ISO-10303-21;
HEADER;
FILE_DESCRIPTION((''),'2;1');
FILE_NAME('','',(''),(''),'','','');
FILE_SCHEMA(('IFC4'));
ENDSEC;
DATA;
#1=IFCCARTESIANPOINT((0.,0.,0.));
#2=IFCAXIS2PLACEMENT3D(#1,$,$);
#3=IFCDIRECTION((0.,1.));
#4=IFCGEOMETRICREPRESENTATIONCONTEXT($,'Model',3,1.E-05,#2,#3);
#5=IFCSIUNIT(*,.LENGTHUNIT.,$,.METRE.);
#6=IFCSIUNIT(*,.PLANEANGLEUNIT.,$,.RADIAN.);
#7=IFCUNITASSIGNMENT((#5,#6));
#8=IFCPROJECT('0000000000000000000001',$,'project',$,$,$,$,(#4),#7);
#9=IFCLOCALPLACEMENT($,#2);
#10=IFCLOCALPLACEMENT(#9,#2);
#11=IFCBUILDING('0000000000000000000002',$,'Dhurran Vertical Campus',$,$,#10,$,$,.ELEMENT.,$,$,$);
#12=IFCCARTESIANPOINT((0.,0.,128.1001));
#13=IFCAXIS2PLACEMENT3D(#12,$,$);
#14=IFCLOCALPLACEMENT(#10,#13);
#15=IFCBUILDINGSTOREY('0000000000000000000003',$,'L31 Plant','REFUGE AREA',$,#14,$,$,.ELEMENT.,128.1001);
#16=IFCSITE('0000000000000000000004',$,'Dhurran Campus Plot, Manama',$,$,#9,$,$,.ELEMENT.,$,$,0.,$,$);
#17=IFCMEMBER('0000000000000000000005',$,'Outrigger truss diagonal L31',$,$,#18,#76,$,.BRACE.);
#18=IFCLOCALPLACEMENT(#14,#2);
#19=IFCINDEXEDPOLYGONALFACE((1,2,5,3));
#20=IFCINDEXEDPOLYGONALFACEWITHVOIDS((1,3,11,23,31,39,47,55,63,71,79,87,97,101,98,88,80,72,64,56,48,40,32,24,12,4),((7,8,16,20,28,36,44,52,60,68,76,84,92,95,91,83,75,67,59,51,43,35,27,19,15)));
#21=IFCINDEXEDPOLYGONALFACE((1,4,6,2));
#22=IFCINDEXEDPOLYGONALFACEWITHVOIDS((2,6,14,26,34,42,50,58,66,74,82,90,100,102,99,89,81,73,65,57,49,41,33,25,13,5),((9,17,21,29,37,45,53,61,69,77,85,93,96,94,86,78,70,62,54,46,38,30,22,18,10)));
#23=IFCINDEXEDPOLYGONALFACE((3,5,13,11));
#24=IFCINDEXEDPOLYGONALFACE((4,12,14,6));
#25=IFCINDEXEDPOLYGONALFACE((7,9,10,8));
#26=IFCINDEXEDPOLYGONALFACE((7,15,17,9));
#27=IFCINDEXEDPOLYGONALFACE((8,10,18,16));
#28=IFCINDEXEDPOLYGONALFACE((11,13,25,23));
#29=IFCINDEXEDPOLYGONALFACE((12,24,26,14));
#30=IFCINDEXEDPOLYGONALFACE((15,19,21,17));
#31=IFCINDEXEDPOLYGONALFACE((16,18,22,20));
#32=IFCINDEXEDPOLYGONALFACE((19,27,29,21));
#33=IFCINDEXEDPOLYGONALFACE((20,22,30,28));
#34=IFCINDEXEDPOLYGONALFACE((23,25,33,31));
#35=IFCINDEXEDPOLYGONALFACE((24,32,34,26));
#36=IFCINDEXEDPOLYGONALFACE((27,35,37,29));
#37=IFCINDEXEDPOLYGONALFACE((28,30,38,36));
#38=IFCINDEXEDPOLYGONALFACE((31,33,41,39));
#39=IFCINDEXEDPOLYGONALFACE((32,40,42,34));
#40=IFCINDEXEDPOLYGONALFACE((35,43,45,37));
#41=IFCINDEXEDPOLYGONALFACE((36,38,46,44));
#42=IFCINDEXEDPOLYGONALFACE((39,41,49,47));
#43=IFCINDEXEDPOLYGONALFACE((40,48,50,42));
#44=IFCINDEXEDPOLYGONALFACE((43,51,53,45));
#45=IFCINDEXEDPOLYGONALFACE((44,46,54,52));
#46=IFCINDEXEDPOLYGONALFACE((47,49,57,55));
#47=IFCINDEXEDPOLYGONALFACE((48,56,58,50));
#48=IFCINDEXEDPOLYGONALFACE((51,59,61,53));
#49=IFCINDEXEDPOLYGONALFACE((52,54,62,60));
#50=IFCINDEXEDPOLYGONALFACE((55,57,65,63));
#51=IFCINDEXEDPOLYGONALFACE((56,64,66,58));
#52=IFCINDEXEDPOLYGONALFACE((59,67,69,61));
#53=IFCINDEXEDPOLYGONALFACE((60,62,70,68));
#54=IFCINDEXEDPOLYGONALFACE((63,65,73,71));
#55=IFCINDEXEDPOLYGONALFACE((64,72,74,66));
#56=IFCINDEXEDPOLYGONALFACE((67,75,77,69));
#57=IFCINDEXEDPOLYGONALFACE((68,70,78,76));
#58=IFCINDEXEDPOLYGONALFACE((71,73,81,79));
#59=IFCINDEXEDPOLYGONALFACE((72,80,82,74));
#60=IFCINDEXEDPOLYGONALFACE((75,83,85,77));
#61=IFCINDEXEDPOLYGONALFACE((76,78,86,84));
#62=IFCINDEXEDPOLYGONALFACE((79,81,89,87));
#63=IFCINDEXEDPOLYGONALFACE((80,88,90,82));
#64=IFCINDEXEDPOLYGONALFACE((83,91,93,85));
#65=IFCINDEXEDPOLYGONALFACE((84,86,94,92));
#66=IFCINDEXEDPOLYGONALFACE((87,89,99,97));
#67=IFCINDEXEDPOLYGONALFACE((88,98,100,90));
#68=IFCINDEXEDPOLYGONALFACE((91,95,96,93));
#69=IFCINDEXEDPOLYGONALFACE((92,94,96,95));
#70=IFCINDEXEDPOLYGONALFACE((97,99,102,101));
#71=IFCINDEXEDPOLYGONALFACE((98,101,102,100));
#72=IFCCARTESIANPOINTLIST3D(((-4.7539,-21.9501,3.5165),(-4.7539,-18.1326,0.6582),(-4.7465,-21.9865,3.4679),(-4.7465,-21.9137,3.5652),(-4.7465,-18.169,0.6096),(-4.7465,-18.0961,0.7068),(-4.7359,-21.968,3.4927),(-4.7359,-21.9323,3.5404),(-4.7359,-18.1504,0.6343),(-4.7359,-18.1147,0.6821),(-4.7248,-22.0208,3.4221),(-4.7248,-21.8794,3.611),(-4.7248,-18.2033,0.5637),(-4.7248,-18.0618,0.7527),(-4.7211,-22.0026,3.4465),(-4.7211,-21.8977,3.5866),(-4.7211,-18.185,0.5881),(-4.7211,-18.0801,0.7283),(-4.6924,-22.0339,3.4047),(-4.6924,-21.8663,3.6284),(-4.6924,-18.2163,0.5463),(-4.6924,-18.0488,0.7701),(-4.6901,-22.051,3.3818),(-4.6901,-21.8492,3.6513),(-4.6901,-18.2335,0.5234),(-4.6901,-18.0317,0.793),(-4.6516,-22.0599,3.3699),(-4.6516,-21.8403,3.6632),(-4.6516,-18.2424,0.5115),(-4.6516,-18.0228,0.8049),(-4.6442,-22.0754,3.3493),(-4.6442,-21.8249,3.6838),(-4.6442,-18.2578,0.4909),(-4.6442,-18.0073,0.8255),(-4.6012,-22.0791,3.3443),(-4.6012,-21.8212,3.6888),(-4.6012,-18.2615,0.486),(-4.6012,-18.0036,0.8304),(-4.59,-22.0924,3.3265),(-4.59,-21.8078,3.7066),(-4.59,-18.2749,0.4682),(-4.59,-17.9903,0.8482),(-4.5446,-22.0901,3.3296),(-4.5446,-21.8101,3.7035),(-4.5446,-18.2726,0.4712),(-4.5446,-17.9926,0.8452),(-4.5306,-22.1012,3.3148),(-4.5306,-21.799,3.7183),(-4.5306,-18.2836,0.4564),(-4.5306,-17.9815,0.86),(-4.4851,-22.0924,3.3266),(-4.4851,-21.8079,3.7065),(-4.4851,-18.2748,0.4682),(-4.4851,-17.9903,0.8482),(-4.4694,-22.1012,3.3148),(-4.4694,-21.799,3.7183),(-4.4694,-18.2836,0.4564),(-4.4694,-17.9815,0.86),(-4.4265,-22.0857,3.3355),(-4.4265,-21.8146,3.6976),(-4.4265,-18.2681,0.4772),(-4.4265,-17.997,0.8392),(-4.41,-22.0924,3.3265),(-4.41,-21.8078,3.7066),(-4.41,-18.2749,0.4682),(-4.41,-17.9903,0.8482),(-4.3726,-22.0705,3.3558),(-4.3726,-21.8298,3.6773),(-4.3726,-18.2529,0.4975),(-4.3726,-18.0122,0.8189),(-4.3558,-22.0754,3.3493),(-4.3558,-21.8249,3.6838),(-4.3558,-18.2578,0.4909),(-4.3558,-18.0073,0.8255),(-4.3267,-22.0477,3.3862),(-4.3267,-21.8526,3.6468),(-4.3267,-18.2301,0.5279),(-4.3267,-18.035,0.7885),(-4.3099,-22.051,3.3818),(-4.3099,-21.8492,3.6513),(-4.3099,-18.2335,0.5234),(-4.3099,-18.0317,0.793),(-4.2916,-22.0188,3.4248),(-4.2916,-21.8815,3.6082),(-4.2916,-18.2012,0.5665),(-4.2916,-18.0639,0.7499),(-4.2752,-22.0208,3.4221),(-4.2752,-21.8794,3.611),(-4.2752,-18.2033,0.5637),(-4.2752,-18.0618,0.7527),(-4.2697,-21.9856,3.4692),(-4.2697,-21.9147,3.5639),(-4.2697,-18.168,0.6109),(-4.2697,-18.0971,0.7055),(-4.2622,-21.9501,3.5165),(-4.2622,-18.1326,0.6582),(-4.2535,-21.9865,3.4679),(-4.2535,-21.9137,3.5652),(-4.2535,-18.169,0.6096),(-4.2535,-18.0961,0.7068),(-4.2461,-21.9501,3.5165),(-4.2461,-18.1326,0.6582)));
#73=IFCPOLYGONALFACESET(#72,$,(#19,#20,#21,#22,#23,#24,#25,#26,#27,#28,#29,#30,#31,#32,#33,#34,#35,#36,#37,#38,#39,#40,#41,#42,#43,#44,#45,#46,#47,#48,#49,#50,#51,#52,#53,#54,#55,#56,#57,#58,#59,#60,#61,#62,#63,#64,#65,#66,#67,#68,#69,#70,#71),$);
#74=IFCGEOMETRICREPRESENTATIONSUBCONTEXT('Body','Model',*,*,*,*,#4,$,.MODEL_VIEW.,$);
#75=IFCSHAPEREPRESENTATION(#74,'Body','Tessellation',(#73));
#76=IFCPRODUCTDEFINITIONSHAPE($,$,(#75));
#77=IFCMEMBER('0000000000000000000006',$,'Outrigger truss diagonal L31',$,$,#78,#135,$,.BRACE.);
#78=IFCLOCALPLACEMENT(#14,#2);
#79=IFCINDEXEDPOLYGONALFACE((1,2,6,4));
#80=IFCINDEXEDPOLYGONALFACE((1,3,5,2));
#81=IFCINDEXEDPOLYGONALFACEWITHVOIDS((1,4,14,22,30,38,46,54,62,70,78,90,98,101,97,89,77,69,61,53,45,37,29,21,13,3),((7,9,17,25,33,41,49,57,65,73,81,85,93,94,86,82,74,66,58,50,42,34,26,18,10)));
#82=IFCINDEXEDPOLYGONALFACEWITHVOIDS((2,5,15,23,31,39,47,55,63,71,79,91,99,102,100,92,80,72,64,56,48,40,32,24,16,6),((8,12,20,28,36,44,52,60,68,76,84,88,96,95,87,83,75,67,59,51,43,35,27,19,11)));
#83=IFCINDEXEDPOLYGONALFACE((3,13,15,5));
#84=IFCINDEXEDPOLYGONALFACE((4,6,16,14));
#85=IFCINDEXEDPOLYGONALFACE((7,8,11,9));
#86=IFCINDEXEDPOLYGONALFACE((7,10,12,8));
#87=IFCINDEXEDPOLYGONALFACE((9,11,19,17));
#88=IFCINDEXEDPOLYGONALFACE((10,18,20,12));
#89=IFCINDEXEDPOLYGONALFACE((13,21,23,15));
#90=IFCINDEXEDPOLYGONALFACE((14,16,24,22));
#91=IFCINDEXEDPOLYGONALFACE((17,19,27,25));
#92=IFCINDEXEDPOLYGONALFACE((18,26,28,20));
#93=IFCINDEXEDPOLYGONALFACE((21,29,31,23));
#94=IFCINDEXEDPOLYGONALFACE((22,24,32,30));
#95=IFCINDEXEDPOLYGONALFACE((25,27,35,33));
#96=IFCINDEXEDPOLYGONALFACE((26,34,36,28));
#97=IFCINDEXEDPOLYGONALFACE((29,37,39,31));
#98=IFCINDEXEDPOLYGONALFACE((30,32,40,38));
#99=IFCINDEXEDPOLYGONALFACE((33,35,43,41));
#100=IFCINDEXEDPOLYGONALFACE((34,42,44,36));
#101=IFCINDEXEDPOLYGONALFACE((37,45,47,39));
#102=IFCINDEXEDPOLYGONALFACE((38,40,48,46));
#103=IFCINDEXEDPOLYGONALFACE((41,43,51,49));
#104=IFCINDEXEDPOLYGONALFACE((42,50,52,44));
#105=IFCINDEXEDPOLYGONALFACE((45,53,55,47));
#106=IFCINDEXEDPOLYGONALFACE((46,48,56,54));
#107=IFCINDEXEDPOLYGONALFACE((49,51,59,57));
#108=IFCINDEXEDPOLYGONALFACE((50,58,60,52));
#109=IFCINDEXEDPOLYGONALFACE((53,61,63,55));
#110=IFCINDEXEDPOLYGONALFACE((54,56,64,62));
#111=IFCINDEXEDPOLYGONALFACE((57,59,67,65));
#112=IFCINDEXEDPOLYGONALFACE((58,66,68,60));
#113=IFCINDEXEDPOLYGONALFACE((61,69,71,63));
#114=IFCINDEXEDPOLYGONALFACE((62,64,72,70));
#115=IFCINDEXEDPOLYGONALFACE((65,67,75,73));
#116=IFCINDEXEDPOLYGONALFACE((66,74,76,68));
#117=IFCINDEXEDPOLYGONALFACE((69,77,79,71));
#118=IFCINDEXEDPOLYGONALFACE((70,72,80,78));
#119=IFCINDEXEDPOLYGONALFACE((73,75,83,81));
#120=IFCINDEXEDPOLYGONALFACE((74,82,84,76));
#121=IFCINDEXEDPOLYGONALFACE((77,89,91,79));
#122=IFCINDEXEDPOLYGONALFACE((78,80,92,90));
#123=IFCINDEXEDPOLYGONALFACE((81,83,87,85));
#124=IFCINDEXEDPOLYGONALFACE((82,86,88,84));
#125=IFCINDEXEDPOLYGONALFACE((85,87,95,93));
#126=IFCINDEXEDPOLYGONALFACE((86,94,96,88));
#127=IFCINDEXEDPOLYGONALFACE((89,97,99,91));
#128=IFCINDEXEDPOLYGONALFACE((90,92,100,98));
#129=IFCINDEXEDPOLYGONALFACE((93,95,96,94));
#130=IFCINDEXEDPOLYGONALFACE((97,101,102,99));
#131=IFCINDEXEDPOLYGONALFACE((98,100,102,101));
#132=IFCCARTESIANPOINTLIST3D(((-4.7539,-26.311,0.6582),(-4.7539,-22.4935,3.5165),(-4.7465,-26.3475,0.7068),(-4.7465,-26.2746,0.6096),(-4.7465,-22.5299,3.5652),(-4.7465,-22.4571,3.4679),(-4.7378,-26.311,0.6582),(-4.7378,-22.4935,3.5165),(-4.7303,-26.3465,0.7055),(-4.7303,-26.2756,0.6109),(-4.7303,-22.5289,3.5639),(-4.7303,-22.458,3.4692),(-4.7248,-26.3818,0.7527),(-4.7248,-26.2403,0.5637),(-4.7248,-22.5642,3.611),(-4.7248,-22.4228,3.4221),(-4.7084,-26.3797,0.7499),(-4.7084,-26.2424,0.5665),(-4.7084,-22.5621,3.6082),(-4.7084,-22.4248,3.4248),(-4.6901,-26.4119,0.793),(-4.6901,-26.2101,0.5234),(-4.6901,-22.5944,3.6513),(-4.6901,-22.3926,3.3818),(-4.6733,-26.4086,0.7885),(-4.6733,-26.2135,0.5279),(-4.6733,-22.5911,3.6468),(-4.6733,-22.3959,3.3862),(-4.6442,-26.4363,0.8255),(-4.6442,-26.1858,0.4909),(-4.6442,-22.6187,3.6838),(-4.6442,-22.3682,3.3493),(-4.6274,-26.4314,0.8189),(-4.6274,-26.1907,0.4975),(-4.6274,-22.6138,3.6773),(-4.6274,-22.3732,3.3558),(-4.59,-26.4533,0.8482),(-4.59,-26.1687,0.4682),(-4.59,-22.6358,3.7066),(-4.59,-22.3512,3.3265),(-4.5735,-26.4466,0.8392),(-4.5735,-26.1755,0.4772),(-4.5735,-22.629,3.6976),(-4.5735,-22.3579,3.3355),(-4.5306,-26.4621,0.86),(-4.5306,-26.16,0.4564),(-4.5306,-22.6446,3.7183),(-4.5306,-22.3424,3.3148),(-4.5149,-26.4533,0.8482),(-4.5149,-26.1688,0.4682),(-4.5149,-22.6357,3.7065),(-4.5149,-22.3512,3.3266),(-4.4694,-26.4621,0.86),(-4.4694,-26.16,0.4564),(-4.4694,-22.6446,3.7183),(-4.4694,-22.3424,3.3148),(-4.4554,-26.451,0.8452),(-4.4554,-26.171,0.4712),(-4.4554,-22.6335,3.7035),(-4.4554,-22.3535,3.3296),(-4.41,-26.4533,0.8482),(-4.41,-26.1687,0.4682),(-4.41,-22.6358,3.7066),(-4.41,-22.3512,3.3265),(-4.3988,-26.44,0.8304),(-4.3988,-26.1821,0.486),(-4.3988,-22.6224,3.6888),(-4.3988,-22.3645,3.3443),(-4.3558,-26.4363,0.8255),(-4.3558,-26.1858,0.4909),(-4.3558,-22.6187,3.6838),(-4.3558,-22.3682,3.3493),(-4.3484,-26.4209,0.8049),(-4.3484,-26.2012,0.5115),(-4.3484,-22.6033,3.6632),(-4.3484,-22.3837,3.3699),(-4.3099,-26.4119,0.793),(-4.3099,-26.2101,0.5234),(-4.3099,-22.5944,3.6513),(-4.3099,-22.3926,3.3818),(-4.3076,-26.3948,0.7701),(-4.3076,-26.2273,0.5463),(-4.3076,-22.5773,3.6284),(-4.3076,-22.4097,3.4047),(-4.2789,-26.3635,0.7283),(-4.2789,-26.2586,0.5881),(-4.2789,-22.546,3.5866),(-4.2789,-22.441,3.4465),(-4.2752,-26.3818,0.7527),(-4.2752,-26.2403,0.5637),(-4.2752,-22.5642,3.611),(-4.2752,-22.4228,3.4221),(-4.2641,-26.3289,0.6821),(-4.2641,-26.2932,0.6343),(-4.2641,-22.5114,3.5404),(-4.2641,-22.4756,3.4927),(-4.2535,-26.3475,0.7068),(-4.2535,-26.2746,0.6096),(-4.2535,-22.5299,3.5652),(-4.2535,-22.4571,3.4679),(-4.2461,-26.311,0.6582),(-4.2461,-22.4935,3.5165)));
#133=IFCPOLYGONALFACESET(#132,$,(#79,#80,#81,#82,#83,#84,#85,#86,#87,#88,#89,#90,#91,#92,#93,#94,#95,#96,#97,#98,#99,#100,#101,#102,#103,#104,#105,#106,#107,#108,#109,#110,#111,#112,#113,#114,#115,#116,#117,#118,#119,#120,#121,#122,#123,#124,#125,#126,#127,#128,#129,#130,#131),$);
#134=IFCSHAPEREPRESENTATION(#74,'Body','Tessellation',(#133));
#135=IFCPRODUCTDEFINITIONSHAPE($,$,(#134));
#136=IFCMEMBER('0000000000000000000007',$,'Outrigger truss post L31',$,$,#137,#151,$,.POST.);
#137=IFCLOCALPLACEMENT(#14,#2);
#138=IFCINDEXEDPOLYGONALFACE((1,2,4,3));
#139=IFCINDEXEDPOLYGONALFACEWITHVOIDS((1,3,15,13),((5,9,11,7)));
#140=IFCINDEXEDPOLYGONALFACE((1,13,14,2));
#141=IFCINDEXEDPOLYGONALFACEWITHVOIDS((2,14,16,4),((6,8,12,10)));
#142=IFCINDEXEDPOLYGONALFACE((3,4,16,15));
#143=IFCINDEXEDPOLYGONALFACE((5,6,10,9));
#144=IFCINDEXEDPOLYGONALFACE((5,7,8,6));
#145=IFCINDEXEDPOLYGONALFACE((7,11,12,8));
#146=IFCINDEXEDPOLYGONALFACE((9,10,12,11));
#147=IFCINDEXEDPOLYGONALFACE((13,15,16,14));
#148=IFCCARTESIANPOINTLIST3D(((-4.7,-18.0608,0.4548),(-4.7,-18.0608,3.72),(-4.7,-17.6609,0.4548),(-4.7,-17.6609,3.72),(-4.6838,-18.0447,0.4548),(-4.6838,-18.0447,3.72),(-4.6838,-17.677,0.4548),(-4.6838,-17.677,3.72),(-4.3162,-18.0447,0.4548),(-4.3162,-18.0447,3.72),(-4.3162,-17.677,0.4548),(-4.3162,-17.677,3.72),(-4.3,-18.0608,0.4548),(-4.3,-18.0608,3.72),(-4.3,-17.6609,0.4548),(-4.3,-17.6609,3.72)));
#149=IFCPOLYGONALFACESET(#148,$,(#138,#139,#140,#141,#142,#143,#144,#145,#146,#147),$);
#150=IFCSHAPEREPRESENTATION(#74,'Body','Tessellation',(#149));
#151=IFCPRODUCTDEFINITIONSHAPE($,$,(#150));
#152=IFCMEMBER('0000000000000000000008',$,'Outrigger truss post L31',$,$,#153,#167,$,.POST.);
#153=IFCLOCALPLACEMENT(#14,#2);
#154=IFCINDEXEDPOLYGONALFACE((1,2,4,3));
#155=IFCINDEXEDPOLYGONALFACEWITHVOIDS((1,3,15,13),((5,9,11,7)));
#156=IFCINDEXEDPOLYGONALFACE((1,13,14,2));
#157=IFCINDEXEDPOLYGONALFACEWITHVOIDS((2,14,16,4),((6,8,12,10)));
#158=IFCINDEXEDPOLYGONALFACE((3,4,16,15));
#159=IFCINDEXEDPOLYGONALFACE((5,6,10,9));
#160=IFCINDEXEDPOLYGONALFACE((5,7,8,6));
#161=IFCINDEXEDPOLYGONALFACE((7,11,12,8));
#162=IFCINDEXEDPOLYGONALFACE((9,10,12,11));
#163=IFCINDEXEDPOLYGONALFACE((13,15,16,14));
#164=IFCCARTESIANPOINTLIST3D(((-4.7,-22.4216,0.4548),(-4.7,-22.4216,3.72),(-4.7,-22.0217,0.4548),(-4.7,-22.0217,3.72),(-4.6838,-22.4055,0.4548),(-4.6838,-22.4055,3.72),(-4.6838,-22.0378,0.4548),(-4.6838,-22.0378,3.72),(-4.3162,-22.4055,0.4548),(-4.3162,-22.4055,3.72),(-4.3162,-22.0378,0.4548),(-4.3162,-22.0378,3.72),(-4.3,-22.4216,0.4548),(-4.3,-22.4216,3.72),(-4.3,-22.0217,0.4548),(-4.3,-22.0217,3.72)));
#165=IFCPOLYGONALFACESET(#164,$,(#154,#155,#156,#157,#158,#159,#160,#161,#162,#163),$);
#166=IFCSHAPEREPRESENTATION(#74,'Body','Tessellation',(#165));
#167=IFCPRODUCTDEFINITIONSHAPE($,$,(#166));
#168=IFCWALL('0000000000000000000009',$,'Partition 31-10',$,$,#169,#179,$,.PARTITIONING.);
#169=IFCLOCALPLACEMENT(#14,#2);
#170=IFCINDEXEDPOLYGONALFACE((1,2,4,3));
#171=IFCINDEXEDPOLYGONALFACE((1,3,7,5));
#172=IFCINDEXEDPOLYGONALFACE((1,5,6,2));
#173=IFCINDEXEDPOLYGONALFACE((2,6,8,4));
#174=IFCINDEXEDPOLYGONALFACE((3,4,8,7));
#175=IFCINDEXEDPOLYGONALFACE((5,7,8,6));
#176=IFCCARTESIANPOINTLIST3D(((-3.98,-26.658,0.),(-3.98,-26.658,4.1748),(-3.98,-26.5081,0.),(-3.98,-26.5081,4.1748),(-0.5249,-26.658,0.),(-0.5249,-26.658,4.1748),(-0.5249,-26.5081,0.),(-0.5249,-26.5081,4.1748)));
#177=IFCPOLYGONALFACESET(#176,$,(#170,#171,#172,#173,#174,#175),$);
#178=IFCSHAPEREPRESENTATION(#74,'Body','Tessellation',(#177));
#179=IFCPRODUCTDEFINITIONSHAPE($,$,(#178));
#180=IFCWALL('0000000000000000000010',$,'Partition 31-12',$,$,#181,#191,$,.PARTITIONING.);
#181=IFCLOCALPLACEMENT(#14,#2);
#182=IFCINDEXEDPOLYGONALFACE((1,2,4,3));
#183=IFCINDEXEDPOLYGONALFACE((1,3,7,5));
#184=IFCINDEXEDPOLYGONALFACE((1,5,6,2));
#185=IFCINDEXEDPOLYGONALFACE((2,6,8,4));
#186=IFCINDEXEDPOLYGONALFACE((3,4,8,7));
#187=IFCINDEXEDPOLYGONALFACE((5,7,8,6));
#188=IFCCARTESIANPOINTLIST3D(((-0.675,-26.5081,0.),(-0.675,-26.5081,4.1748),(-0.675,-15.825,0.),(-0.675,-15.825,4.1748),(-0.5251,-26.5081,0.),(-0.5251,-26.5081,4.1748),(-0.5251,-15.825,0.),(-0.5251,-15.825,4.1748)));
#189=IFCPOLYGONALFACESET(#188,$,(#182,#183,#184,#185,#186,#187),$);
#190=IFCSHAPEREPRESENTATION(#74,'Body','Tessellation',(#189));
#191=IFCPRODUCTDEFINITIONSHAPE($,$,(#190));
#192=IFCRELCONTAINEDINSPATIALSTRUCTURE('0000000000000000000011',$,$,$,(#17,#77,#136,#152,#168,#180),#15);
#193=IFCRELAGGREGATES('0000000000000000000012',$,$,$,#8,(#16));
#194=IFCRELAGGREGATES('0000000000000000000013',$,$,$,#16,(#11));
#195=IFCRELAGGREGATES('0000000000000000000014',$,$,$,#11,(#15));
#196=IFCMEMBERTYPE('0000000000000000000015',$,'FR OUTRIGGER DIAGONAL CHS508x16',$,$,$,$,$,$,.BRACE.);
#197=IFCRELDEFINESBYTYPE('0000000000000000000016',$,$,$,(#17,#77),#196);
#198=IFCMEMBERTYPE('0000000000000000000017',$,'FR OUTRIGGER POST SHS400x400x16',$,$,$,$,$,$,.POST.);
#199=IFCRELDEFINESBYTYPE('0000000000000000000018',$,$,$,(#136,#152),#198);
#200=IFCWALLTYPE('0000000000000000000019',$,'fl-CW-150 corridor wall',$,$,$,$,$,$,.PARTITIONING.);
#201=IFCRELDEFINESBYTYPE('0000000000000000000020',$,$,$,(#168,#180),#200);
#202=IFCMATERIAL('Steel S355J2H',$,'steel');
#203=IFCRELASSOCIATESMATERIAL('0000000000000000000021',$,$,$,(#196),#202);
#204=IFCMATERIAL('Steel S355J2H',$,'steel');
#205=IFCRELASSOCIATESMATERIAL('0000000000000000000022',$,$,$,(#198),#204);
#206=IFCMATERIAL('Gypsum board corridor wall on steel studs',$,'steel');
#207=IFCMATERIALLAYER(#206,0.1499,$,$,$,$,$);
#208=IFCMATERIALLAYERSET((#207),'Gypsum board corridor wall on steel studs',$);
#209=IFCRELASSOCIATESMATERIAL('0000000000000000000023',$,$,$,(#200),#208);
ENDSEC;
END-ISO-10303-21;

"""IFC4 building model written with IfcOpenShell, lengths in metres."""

from ifc_helpers import new_model, si_unit, direction, frame, frame_2d, origin, origin_2d, place, context, subcontext, project, spatial, rectangle, hollow_rectangle, hollow_circle, extrude, material, layer, layer_set, material_profile, profile_set, type_object, element, save


model = new_model("IFC4")

# Units and contexts
model_context = context("Model", 3, precision=1e-05, world=origin(), true_north=direction((0.0, 1.0)))
body_context = subcontext(model_context, "Body", "Model", "MODEL_VIEW")
ifc_project = project(units=[si_unit("LENGTHUNIT", "METRE"), si_unit("PLANEANGLEUNIT", "RADIAN")], contexts=[model_context])

# Site, building, storey
site_placement = place(None, origin())
site = spatial("IfcSite", under=ifc_project, at=site_placement, Name="Dhurran Campus Plot, Manama", CompositionType="ELEMENT", RefElevation=0.0)
building_placement = place(site_placement, origin())
building = spatial("IfcBuilding", under=site, at=building_placement, Name="Dhurran Vertical Campus", CompositionType="ELEMENT")
storey_placement = place(building_placement, frame((0.0, 0.0, 128.1001)))
storey = spatial("IfcBuildingStorey", under=building, at=storey_placement, Name="L31 Plant", Description="REFUGE AREA", CompositionType="ELEMENT", Elevation=128.1001)

# Members
ifc_material_1 = material(Name="Steel S355J2H", Category="steel")
ifc_material_profile_1 = material_profile(ifc_material_1, hollow_circle(Radius=0.2539, WallThickness=0.0161, at=origin_2d()), Name="CHS508x16")
ifc_profile_set_1 = profile_set([ifc_material_profile_1], Name="Steel S355J2H")
member_type_1 = type_object("IfcMemberType", Name="FR OUTRIGGER DIAGONAL CHS508x16", PredefinedType="BRACE", material=ifc_profile_set_1)
for number, where, z_axis, x_axis, name in (
    (1, (-4.5, -18.1326, 0.6582), (0.0, -0.800485, 0.599353), (1.0, 0.0, 0.0), "Outrigger truss diagonal L31"),
    (2, (-4.5, -26.311, 0.6582), (0.0, 0.800485, 0.599353), (-1.0, 0.0, 0.0), "Outrigger truss diagonal L31"),
):
    element("IfcMember", number, at=place(storey_placement, frame(where, z_axis=z_axis, x_axis=x_axis)), inside=storey, type_object=member_type_1, Name=name, PredefinedType="BRACE", context=body_context, shape_type="SweptSolid", body=[
        extrude(hollow_circle(Radius=0.2539, WallThickness=0.0161, at=origin_2d()), origin(), (0.0, 0.0, 1.0), 4.769),
    ])
ifc_material_2 = material(Name="Steel S355J2H", Category="steel")
ifc_material_profile_2 = material_profile(ifc_material_2, hollow_rectangle(XDim=0.3999, YDim=0.3999, WallThickness=0.0161, at=origin_2d()), Name="SHS400x400x16")
ifc_profile_set_2 = profile_set([ifc_material_profile_2], Name="Steel S355J2H")
member_type_2 = type_object("IfcMemberType", Name="FR OUTRIGGER POST SHS400x400x16", PredefinedType="POST", material=ifc_profile_set_2)
for number, where, z_axis, x_axis, name in (
    (3, (-4.5, -17.8608, 0.4548), (0.0, 0.0, 1.0), (0.0, -1.0, 0.0), "Outrigger truss post L31"),
    (4, (-4.5, -22.2217, 0.4548), (0.0, 0.0, 1.0), (0.0, -1.0, 0.0), "Outrigger truss post L31"),
):
    element("IfcMember", number, at=place(storey_placement, frame(where, z_axis=z_axis, x_axis=x_axis)), inside=storey, type_object=member_type_2, Name=name, PredefinedType="POST", context=body_context, shape_type="SweptSolid", body=[
        extrude(hollow_rectangle(XDim=0.3999, YDim=0.3999, WallThickness=0.0161, at=origin_2d()), origin(), (0.0, 0.0, 1.0), 3.2651),
    ])

# Walls
ifc_material_3 = material(Name="Gypsum board corridor wall on steel studs", Category="steel")
ifc_layer = layer(ifc_material_3, 0.1499)
ifc_layer_set = layer_set([ifc_layer], Name="Gypsum board corridor wall on steel studs")
wall_type = type_object("IfcWallType", Name="fl-CW-150 corridor wall", PredefinedType="PARTITIONING", material=ifc_layer_set)
wall_1_placement = place(storey_placement, frame((-0.5249, -26.583, 0.0), z_axis=(0.0, 0.0, 1.0), x_axis=(-1.0, 0.0, 0.0)))
element("IfcWall", 5, at=wall_1_placement, inside=storey, type_object=wall_type, Name="Partition 31-10", PredefinedType="PARTITIONING", context=body_context, shape_type="SweptSolid", body=[
    extrude(rectangle(XDim=3.4551, YDim=0.1499, at=frame_2d((1.7275, 0.0))), origin(), (0.0, 0.0, 1.0), 4.1748),
])
wall_2_placement = place(storey_placement, frame((-0.6001, -15.825, 0.0), z_axis=(0.0, 0.0, 1.0), x_axis=(0.0, -1.0, 0.0)))
element("IfcWall", 6, at=wall_2_placement, inside=storey, type_object=wall_type, Name="Partition 31-12", PredefinedType="PARTITIONING", context=body_context, shape_type="SweptSolid", body=[
    extrude(rectangle(XDim=10.6831, YDim=0.1499, at=frame_2d((5.3416, 0.0))), origin(), (0.0, 0.0, 1.0), 4.1748),
])

save(model, "model.ifc")
